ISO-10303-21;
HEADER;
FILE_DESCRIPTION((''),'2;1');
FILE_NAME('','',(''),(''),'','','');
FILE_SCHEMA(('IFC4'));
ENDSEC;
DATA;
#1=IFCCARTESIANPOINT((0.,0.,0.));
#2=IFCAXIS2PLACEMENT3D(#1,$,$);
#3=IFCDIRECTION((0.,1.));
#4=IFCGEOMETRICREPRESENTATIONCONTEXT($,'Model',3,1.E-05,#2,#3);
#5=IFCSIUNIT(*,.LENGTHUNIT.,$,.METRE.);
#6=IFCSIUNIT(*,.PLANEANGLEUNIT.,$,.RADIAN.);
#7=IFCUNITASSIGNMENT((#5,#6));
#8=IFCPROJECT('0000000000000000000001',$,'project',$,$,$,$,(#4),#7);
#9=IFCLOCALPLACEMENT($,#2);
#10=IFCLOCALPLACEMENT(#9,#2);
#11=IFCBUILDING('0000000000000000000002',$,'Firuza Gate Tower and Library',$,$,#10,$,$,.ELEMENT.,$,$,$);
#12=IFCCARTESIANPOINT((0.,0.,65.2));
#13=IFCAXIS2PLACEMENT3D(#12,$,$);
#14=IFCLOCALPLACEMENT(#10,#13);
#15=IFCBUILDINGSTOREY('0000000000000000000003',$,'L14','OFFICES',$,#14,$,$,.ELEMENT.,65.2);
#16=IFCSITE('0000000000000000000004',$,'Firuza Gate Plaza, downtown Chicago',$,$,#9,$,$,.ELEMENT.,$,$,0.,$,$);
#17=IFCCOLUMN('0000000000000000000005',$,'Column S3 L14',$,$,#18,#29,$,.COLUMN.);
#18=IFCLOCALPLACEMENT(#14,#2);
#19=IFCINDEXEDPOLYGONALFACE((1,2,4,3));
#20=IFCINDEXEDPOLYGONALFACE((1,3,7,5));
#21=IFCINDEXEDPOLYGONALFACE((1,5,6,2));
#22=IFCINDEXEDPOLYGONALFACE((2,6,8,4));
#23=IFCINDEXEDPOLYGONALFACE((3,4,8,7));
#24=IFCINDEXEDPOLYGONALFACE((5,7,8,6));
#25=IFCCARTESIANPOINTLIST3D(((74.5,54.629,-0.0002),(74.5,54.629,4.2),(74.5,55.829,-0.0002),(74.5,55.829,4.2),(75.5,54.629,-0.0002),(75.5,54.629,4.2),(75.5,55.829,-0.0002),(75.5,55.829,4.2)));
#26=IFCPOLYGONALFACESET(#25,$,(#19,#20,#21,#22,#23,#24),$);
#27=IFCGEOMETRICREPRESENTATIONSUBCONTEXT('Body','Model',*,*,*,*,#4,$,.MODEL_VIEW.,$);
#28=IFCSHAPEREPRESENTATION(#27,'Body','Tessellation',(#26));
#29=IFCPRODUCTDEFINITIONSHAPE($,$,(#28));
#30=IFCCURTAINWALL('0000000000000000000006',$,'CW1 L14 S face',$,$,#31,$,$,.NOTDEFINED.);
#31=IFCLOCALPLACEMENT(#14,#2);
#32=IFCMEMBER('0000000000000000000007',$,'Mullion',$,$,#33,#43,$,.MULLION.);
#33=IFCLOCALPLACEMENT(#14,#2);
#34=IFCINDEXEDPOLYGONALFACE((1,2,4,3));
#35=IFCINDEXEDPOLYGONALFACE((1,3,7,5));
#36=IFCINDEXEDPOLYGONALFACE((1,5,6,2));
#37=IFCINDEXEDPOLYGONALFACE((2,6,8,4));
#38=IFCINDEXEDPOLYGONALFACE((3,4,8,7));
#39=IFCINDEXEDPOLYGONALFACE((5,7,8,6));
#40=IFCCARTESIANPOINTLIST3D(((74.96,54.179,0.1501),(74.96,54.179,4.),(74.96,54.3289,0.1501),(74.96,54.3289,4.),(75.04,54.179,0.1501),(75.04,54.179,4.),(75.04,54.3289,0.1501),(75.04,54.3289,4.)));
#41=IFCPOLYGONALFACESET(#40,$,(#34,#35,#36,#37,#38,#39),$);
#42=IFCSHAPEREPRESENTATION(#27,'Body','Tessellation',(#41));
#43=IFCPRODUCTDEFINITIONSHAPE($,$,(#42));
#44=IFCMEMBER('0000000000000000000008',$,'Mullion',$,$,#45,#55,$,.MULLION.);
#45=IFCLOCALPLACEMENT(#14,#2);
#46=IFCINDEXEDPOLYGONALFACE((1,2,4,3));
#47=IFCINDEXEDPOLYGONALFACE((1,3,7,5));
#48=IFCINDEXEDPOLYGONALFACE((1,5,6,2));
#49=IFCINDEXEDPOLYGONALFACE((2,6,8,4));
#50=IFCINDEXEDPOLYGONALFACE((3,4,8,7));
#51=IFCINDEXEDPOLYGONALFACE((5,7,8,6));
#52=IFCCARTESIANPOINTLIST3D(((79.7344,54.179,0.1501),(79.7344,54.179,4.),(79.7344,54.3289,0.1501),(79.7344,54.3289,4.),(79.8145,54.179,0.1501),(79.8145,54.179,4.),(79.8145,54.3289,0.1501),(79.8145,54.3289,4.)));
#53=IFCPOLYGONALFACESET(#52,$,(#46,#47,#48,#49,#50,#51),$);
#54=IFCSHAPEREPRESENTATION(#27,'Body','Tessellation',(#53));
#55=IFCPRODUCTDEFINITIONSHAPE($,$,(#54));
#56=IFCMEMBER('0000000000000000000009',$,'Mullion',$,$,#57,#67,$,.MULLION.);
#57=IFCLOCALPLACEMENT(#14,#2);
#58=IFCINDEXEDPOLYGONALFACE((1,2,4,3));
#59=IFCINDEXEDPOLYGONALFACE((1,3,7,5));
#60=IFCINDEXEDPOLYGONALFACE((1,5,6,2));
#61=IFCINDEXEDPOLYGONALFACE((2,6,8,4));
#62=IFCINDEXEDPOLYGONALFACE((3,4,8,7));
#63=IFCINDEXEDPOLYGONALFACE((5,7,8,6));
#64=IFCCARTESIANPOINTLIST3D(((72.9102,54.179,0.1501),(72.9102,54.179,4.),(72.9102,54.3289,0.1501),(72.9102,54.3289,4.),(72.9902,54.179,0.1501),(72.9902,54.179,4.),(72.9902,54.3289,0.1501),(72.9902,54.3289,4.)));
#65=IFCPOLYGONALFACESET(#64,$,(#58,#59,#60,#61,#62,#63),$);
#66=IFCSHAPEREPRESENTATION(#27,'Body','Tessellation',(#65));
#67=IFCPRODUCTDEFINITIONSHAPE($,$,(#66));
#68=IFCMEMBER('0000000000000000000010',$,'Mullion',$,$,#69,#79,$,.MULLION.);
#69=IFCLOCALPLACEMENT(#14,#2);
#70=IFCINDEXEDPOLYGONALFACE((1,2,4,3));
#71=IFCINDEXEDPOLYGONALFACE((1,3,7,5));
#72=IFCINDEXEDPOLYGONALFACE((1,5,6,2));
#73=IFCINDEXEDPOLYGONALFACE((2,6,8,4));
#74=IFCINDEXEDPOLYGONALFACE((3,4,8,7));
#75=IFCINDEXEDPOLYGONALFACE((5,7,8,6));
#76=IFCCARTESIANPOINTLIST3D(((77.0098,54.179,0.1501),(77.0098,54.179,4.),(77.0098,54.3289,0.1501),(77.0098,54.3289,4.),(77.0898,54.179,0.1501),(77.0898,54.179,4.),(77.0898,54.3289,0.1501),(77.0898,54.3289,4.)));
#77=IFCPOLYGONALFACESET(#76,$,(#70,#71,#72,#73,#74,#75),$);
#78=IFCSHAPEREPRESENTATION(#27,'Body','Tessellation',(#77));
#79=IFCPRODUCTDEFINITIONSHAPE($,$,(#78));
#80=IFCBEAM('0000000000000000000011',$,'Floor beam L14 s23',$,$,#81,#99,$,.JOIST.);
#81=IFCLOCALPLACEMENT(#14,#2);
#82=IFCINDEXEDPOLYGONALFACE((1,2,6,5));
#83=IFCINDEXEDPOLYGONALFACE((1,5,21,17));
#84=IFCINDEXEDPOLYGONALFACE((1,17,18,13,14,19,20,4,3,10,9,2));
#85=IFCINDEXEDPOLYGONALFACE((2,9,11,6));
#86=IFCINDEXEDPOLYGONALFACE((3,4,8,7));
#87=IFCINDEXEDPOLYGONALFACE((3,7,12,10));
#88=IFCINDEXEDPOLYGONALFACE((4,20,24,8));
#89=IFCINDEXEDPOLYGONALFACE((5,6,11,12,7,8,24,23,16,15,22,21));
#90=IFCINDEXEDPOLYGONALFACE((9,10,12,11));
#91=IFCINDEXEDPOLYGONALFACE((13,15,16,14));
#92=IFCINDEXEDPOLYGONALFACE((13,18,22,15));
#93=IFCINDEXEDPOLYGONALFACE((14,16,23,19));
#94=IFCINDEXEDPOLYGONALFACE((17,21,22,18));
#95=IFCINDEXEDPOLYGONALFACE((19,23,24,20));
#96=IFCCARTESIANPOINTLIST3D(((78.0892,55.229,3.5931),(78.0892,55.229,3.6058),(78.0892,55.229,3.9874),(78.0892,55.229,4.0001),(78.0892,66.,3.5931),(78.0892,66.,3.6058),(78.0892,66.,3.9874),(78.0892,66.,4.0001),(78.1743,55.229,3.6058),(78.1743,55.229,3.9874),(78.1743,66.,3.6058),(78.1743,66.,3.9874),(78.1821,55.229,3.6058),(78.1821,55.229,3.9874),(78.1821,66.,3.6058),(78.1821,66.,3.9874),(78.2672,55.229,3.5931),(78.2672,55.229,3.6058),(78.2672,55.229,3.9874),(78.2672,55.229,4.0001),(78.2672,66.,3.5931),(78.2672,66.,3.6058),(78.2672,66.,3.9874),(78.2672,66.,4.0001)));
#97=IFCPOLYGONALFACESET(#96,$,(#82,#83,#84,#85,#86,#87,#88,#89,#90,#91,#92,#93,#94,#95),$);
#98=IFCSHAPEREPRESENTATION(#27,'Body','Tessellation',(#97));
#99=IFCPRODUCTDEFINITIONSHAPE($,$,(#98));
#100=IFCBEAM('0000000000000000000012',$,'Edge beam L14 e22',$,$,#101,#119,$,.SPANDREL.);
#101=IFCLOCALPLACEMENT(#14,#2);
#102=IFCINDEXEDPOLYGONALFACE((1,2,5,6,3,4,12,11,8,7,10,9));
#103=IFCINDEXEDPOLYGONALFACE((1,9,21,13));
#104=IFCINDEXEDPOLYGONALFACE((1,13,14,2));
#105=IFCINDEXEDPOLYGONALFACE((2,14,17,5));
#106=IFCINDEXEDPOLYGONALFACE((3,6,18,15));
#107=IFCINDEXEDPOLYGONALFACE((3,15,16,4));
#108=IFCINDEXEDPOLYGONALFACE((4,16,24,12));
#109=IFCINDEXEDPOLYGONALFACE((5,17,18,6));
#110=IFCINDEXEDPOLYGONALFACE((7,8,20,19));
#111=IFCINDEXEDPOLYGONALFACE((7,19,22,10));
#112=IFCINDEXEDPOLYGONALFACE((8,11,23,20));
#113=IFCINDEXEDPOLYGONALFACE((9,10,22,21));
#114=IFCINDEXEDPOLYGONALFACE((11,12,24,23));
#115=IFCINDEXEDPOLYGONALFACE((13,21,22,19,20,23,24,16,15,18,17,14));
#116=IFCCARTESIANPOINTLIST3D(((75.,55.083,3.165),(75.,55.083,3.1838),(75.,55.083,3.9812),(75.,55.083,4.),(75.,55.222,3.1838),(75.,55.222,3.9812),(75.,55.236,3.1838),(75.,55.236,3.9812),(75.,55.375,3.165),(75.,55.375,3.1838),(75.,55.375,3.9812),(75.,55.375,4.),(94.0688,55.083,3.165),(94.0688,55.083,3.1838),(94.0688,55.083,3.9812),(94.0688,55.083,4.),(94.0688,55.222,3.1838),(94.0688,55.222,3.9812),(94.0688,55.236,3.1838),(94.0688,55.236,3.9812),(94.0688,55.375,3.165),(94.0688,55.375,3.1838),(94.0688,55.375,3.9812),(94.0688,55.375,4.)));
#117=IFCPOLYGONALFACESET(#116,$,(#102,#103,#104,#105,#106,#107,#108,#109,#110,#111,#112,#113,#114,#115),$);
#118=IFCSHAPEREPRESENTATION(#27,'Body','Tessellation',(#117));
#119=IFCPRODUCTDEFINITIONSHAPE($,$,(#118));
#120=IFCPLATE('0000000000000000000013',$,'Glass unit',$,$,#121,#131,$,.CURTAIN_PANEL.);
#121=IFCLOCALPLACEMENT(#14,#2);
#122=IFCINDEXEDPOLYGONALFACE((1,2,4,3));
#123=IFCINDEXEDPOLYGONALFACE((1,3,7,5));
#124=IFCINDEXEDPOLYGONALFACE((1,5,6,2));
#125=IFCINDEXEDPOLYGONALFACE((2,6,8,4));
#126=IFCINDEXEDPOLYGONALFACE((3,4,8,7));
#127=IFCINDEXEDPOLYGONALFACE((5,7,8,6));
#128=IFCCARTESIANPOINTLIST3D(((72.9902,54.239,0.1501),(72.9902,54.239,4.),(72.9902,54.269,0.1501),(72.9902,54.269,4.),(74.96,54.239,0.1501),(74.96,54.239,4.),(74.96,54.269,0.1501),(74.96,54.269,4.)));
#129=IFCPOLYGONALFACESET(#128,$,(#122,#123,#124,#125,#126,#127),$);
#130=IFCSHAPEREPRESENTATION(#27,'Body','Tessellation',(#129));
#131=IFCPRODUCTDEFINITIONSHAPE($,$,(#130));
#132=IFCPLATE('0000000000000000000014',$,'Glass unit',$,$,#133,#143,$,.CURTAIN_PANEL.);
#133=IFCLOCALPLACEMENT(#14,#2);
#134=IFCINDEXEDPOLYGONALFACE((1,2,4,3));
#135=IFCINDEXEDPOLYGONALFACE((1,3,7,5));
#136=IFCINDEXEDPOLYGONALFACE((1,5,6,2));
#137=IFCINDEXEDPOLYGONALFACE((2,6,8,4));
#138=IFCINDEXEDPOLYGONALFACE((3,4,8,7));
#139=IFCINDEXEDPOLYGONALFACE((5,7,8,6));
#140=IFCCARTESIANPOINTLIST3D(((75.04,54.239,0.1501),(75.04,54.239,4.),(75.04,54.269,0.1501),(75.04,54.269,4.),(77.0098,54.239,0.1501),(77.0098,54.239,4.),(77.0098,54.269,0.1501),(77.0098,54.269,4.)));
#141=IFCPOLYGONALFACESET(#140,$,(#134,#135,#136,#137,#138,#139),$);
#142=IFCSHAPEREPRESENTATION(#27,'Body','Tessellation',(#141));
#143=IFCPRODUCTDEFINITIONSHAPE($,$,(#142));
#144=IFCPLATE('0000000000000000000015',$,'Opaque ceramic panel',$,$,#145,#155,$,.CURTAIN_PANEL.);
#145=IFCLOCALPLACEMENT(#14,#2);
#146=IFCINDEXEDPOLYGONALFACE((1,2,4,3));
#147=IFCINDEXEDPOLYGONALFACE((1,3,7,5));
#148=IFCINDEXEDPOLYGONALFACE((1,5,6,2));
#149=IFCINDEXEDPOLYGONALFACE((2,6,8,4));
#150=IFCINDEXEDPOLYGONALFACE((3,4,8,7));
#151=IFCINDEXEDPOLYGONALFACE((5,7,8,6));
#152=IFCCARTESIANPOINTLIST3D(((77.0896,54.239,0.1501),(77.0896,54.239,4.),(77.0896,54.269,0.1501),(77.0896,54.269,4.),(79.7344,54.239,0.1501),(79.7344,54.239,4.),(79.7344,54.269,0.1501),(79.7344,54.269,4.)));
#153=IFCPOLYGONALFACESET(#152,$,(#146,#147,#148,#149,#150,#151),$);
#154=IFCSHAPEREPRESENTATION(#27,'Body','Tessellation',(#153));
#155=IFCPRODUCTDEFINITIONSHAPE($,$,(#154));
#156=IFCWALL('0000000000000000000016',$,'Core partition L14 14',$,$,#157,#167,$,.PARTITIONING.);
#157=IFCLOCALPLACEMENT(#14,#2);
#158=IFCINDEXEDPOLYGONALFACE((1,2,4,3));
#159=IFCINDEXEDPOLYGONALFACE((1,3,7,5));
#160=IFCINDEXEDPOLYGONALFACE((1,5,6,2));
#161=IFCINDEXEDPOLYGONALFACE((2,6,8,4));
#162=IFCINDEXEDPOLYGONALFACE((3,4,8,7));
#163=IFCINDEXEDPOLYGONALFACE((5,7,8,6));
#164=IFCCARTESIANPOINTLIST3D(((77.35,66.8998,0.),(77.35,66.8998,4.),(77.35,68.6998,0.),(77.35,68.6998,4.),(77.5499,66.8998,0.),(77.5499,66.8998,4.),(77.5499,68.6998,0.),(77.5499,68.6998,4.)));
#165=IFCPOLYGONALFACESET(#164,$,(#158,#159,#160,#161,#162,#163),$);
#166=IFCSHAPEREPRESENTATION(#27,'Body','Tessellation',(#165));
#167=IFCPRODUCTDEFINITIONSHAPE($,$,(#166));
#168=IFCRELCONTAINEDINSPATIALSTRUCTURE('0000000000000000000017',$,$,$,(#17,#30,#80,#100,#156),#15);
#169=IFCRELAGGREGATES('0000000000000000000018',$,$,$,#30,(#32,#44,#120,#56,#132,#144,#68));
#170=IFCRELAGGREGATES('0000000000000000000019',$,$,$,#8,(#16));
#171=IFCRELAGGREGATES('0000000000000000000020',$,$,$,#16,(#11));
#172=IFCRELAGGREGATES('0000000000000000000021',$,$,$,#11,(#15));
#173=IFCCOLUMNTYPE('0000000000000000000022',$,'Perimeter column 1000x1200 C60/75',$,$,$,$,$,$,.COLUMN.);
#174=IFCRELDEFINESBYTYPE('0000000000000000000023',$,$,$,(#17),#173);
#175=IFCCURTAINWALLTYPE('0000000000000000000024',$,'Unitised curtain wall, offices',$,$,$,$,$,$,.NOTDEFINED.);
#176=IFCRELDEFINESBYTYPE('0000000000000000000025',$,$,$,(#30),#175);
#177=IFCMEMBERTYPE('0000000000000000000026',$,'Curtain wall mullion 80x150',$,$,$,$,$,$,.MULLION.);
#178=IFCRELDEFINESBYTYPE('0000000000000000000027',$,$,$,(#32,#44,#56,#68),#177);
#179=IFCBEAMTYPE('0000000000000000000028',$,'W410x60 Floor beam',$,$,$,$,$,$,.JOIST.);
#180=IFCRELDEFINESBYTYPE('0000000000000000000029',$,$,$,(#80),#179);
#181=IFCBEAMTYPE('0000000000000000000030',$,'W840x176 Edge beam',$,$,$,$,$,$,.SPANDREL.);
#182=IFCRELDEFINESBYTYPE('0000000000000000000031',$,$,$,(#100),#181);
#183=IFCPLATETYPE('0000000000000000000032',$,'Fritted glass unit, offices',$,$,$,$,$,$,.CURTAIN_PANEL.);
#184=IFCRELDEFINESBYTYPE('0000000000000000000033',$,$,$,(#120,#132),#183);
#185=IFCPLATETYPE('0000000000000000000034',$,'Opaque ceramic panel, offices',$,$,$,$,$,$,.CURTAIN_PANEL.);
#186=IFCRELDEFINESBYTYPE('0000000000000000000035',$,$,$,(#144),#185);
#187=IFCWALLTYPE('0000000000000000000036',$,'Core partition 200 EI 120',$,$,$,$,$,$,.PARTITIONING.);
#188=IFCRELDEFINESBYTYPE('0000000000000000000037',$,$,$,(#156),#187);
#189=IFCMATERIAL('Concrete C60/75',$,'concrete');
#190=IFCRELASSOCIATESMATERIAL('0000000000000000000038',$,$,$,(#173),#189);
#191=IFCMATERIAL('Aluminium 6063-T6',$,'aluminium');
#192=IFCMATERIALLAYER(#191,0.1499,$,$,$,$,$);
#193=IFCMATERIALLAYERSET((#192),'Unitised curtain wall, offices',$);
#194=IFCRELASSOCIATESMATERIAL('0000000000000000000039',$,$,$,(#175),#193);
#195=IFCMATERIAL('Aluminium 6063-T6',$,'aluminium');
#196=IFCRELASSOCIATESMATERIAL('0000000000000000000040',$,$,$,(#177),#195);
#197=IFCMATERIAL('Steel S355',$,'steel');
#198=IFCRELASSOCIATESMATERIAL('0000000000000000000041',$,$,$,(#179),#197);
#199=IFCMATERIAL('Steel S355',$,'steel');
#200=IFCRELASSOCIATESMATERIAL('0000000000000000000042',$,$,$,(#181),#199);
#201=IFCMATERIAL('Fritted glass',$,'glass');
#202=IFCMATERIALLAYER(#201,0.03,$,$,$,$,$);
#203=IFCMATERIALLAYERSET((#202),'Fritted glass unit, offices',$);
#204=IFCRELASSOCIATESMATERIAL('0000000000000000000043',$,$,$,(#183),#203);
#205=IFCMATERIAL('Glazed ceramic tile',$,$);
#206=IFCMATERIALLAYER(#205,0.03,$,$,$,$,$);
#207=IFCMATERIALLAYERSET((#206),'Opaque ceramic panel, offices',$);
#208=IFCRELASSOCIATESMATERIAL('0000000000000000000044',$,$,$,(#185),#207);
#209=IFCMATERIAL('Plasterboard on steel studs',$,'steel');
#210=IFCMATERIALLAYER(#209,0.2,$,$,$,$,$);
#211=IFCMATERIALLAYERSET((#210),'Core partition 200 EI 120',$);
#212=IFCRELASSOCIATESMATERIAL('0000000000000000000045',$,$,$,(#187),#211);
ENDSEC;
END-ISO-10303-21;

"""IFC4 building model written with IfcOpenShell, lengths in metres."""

from ifc_helpers import new_model, si_unit, direction, frame, frame_2d, origin, origin_2d, place, context, subcontext, project, spatial, polyline, rectangle, i_section, outline, extrude, material, layer, layer_set, material_profile, profile_set, type_object, element, aggregate, save


model = new_model("IFC4")

# Units and contexts
model_context = context("Model", 3, precision=1e-05, world=origin(), true_north=direction((0.0, 1.0)))
body_context = subcontext(model_context, "Body", "Model", "MODEL_VIEW")
ifc_project = project(units=[si_unit("LENGTHUNIT", "METRE"), si_unit("PLANEANGLEUNIT", "RADIAN")], contexts=[model_context])

# Site, building, storey
site_placement = place(None, origin())
site = spatial("IfcSite", under=ifc_project, at=site_placement, Name="Firuza Gate Plaza, downtown Chicago", CompositionType="ELEMENT", RefElevation=0.0)
building_placement = place(site_placement, origin())
building = spatial("IfcBuilding", under=site, at=building_placement, Name="Firuza Gate Tower and Library", CompositionType="ELEMENT")
storey_placement = place(building_placement, frame((0.0, 0.0, 65.2)))
storey = spatial("IfcBuildingStorey", under=building, at=storey_placement, Name="L14", Description="OFFICES", CompositionType="ELEMENT", Elevation=65.2)

# Column
ifc_material_1 = material(Name="Concrete C60/75", Category="concrete")
ifc_material_profile_1 = material_profile(ifc_material_1, rectangle(XDim=1.0, YDim=1.2, at=origin_2d()))
ifc_profile_set_1 = profile_set([ifc_material_profile_1], Name="Concrete C60/75")
column_type = type_object("IfcColumnType", Name="Perimeter column 1000x1200 C60/75", PredefinedType="COLUMN", material=ifc_profile_set_1)
column_placement = place(storey_placement, frame((75.0, 55.229, -0.0002), z_axis=(0.0, 0.0, 1.0), x_axis=(1.0, 0.0, 0.0)))
element("IfcColumn", 1, at=column_placement, inside=storey, type_object=column_type, Name="Column S3 L14", PredefinedType="COLUMN", context=body_context, shape_type="SweptSolid", body=[
    extrude(rectangle(XDim=1.0, YDim=1.2, at=origin_2d()), origin(), (0.0, 0.0, 1.0), 4.2002),
])

# Curtain wall, members
ifc_material_2 = material(Name="Aluminium 6063-T6", Category="aluminium")
ifc_layer_1 = layer(ifc_material_2, 0.1499)
ifc_layer_set_1 = layer_set([ifc_layer_1], Name="Unitised curtain wall, offices")
curtain_wall_type = type_object("IfcCurtainWallType", Name="Unitised curtain wall, offices", PredefinedType="NOTDEFINED", material=ifc_layer_set_1)
curtain_wall_placement = place(storey_placement, origin())
curtain_wall = element("IfcCurtainWall", 2, at=curtain_wall_placement, inside=storey, type_object=curtain_wall_type, Name="CW1 L14 S face", PredefinedType="NOTDEFINED")
ifc_material_3 = material(Name="Aluminium 6063-T6", Category="aluminium")
ifc_material_profile_2 = material_profile(ifc_material_3, rectangle(XDim=0.1499, YDim=0.0801, at=origin_2d()))
ifc_profile_set_2 = profile_set([ifc_material_profile_2], Name="Aluminium 6063-T6")
member_type = type_object("IfcMemberType", Name="Curtain wall mullion 80x150", PredefinedType="MULLION", material=ifc_profile_set_2)
member_1_placement = place(storey_placement, frame((75.0, 54.2539, 0.1501), z_axis=(0.0, 0.0, 1.0), x_axis=(0.0, 1.0, 0.0)))
member_1 = element("IfcMember", 3, at=member_1_placement, type_object=member_type, Name="Mullion", PredefinedType="MULLION", context=body_context, shape_type="SweptSolid", body=[
    extrude(rectangle(XDim=0.1499, YDim=0.0801, at=origin_2d()), origin(), (0.0, 0.0, 1.0), 3.8499),
])
member_2_placement = place(storey_placement, frame((79.7744, 54.2539, 0.1501), z_axis=(0.0, 0.0, 1.0), x_axis=(0.0, 1.0, 0.0)))
member_2 = element("IfcMember", 4, at=member_2_placement, type_object=member_type, Name="Mullion", PredefinedType="MULLION", context=body_context, shape_type="SweptSolid", body=[
    extrude(rectangle(XDim=0.1499, YDim=0.0801, at=origin_2d()), origin(), (0.0, 0.0, 1.0), 3.8499),
])
member_3_placement = place(storey_placement, frame((72.9502, 54.2539, 0.1501), z_axis=(0.0, 0.0, 1.0), x_axis=(0.0, 1.0, 0.0)))
member_3 = element("IfcMember", 5, at=member_3_placement, type_object=member_type, Name="Mullion", PredefinedType="MULLION", context=body_context, shape_type="SweptSolid", body=[
    extrude(rectangle(XDim=0.1499, YDim=0.0801, at=origin_2d()), origin(), (0.0, 0.0, 1.0), 3.8499),
])
member_4_placement = place(storey_placement, frame((77.0498, 54.2539, 0.1501), z_axis=(0.0, 0.0, 1.0), x_axis=(0.0, 1.0, 0.0)))
member_4 = element("IfcMember", 6, at=member_4_placement, type_object=member_type, Name="Mullion", PredefinedType="MULLION", context=body_context, shape_type="SweptSolid", body=[
    extrude(rectangle(XDim=0.1499, YDim=0.0801, at=origin_2d()), origin(), (0.0, 0.0, 1.0), 3.8499),
])

# Beams
ifc_material_4 = material(Name="Steel S355", Category="steel")
ifc_material_profile_3 = material_profile(ifc_material_4, i_section(OverallWidth=0.178, OverallDepth=0.407, WebThickness=0.0078, FlangeThickness=0.0127, at=origin_2d()))
ifc_profile_set_3 = profile_set([ifc_material_profile_3], Name="Steel S355")
beam_type_1 = type_object("IfcBeamType", Name="W410x60 Floor beam", PredefinedType="JOIST", material=ifc_profile_set_3)
beam_1_placement = place(storey_placement, frame((78.1782, 55.229, 3.7966), z_axis=(0.0, 1.0, 0.0), x_axis=(-1.0, 0.0, 0.0)))
element("IfcBeam", 7, at=beam_1_placement, inside=storey, type_object=beam_type_1, Name="Floor beam L14 s23", PredefinedType="JOIST", context=body_context, shape_type="SweptSolid", body=[
    extrude(i_section(OverallWidth=0.178, OverallDepth=0.407, WebThickness=0.0078, FlangeThickness=0.0127, at=origin_2d()), origin(), (0.0, 0.0, 1.0), 10.771),
])
ifc_material_5 = material(Name="Steel S355", Category="steel")
ifc_material_profile_4 = material_profile(ifc_material_5, i_section(OverallWidth=0.292, OverallDepth=0.835, WebThickness=0.0139, FlangeThickness=0.0188, at=origin_2d()))
ifc_profile_set_4 = profile_set([ifc_material_profile_4], Name="Steel S355")
beam_type_2 = type_object("IfcBeamType", Name="W840x176 Edge beam", PredefinedType="SPANDREL", material=ifc_profile_set_4)
beam_2_placement = place(storey_placement, frame((75.0, 55.229, 3.5825), z_axis=(1.0, 0.0, 0.0), x_axis=(0.0, 1.0, 0.0)))
element("IfcBeam", 8, at=beam_2_placement, inside=storey, type_object=beam_type_2, Name="Edge beam L14 e22", PredefinedType="SPANDREL", context=body_context, shape_type="SweptSolid", body=[
    extrude(i_section(OverallWidth=0.292, OverallDepth=0.835, WebThickness=0.0139, FlangeThickness=0.0188, at=origin_2d()), origin(), (0.0, 0.0, 1.0), 19.0688),
])

# Plates
ifc_material_6 = material(Name="Fritted glass", Category="glass")
ifc_layer_2 = layer(ifc_material_6, 0.03)
ifc_layer_set_2 = layer_set([ifc_layer_2], Name="Fritted glass unit, offices")
plate_type_1 = type_object("IfcPlateType", Name="Fritted glass unit, offices", PredefinedType="CURTAIN_PANEL", material=ifc_layer_set_2)
plate_1_placement = place(storey_placement, frame((72.9902, 54.239, 0.1501), z_axis=(0.0, -1.0, 0.0), x_axis=(1.0, 0.0, 0.0)))
plate_1 = element("IfcPlate", 9, at=plate_1_placement, type_object=plate_type_1, Name="Glass unit", PredefinedType="CURTAIN_PANEL", context=body_context, shape_type="SweptSolid", body=[
    extrude(outline(polyline([(0.0, 0.0), (1.9697, 0.0), (1.9697, 3.8499), (0.0, 3.8499), (0.0, 0.0)])), origin(), (0.0, 0.0, -1.0), 0.03),
])
plate_2_placement = place(storey_placement, frame((75.04, 54.239, 0.1501), z_axis=(0.0, -1.0, 0.0), x_axis=(1.0, 0.0, 0.0)))
plate_2 = element("IfcPlate", 10, at=plate_2_placement, type_object=plate_type_1, Name="Glass unit", PredefinedType="CURTAIN_PANEL", context=body_context, shape_type="SweptSolid", body=[
    extrude(outline(polyline([(0.0, 0.0), (1.9697, 0.0), (1.9697, 3.8499), (0.0, 3.8499), (0.0, 0.0)])), origin(), (0.0, 0.0, -1.0), 0.03),
])
ifc_material_7 = material(Name="Glazed ceramic tile")
ifc_layer_3 = layer(ifc_material_7, 0.03)
ifc_layer_set_3 = layer_set([ifc_layer_3], Name="Opaque ceramic panel, offices")
plate_type_2 = type_object("IfcPlateType", Name="Opaque ceramic panel, offices", PredefinedType="CURTAIN_PANEL", material=ifc_layer_set_3)
plate_3_placement = place(storey_placement, frame((77.0896, 54.239, 0.1501), z_axis=(0.0, -1.0, 0.0), x_axis=(1.0, 0.0, 0.0)))
plate_3 = element("IfcPlate", 11, at=plate_3_placement, type_object=plate_type_2, Name="Opaque ceramic panel", PredefinedType="CURTAIN_PANEL", context=body_context, shape_type="SweptSolid", body=[
    extrude(outline(polyline([(0.0, 0.0), (2.6448, 0.0), (2.6448, 3.8499), (0.0, 3.8499), (0.0, 0.0)])), origin(), (0.0, 0.0, -1.0), 0.03),
])
aggregate(curtain_wall, [member_1, member_2, plate_1, member_3, plate_2, plate_3, member_4])

# Wall
ifc_material_8 = material(Name="Plasterboard on steel studs", Category="steel")
ifc_layer_4 = layer(ifc_material_8, 0.2)
ifc_layer_set_4 = layer_set([ifc_layer_4], Name="Core partition 200 EI 120")
wall_type_1 = type_object("IfcWallType", Name="Core partition 200 EI 120", PredefinedType="PARTITIONING", material=ifc_layer_set_4)
wall_1_placement = place(storey_placement, frame((77.45, 66.8999, 0.0), z_axis=(0.0, 0.0, 1.0), x_axis=(0.0, 1.0, 0.0)))
element("IfcWall", 12, at=wall_1_placement, inside=storey, type_object=wall_type_1, Name="Core partition L14 14", PredefinedType="PARTITIONING", context=body_context, shape_type="SweptSolid", body=[
    extrude(rectangle(XDim=1.8, YDim=0.2, at=frame_2d((0.8999, 0.0))), origin(), (0.0, 0.0, 1.0), 4.0),
])

save(model, "model.ifc")
